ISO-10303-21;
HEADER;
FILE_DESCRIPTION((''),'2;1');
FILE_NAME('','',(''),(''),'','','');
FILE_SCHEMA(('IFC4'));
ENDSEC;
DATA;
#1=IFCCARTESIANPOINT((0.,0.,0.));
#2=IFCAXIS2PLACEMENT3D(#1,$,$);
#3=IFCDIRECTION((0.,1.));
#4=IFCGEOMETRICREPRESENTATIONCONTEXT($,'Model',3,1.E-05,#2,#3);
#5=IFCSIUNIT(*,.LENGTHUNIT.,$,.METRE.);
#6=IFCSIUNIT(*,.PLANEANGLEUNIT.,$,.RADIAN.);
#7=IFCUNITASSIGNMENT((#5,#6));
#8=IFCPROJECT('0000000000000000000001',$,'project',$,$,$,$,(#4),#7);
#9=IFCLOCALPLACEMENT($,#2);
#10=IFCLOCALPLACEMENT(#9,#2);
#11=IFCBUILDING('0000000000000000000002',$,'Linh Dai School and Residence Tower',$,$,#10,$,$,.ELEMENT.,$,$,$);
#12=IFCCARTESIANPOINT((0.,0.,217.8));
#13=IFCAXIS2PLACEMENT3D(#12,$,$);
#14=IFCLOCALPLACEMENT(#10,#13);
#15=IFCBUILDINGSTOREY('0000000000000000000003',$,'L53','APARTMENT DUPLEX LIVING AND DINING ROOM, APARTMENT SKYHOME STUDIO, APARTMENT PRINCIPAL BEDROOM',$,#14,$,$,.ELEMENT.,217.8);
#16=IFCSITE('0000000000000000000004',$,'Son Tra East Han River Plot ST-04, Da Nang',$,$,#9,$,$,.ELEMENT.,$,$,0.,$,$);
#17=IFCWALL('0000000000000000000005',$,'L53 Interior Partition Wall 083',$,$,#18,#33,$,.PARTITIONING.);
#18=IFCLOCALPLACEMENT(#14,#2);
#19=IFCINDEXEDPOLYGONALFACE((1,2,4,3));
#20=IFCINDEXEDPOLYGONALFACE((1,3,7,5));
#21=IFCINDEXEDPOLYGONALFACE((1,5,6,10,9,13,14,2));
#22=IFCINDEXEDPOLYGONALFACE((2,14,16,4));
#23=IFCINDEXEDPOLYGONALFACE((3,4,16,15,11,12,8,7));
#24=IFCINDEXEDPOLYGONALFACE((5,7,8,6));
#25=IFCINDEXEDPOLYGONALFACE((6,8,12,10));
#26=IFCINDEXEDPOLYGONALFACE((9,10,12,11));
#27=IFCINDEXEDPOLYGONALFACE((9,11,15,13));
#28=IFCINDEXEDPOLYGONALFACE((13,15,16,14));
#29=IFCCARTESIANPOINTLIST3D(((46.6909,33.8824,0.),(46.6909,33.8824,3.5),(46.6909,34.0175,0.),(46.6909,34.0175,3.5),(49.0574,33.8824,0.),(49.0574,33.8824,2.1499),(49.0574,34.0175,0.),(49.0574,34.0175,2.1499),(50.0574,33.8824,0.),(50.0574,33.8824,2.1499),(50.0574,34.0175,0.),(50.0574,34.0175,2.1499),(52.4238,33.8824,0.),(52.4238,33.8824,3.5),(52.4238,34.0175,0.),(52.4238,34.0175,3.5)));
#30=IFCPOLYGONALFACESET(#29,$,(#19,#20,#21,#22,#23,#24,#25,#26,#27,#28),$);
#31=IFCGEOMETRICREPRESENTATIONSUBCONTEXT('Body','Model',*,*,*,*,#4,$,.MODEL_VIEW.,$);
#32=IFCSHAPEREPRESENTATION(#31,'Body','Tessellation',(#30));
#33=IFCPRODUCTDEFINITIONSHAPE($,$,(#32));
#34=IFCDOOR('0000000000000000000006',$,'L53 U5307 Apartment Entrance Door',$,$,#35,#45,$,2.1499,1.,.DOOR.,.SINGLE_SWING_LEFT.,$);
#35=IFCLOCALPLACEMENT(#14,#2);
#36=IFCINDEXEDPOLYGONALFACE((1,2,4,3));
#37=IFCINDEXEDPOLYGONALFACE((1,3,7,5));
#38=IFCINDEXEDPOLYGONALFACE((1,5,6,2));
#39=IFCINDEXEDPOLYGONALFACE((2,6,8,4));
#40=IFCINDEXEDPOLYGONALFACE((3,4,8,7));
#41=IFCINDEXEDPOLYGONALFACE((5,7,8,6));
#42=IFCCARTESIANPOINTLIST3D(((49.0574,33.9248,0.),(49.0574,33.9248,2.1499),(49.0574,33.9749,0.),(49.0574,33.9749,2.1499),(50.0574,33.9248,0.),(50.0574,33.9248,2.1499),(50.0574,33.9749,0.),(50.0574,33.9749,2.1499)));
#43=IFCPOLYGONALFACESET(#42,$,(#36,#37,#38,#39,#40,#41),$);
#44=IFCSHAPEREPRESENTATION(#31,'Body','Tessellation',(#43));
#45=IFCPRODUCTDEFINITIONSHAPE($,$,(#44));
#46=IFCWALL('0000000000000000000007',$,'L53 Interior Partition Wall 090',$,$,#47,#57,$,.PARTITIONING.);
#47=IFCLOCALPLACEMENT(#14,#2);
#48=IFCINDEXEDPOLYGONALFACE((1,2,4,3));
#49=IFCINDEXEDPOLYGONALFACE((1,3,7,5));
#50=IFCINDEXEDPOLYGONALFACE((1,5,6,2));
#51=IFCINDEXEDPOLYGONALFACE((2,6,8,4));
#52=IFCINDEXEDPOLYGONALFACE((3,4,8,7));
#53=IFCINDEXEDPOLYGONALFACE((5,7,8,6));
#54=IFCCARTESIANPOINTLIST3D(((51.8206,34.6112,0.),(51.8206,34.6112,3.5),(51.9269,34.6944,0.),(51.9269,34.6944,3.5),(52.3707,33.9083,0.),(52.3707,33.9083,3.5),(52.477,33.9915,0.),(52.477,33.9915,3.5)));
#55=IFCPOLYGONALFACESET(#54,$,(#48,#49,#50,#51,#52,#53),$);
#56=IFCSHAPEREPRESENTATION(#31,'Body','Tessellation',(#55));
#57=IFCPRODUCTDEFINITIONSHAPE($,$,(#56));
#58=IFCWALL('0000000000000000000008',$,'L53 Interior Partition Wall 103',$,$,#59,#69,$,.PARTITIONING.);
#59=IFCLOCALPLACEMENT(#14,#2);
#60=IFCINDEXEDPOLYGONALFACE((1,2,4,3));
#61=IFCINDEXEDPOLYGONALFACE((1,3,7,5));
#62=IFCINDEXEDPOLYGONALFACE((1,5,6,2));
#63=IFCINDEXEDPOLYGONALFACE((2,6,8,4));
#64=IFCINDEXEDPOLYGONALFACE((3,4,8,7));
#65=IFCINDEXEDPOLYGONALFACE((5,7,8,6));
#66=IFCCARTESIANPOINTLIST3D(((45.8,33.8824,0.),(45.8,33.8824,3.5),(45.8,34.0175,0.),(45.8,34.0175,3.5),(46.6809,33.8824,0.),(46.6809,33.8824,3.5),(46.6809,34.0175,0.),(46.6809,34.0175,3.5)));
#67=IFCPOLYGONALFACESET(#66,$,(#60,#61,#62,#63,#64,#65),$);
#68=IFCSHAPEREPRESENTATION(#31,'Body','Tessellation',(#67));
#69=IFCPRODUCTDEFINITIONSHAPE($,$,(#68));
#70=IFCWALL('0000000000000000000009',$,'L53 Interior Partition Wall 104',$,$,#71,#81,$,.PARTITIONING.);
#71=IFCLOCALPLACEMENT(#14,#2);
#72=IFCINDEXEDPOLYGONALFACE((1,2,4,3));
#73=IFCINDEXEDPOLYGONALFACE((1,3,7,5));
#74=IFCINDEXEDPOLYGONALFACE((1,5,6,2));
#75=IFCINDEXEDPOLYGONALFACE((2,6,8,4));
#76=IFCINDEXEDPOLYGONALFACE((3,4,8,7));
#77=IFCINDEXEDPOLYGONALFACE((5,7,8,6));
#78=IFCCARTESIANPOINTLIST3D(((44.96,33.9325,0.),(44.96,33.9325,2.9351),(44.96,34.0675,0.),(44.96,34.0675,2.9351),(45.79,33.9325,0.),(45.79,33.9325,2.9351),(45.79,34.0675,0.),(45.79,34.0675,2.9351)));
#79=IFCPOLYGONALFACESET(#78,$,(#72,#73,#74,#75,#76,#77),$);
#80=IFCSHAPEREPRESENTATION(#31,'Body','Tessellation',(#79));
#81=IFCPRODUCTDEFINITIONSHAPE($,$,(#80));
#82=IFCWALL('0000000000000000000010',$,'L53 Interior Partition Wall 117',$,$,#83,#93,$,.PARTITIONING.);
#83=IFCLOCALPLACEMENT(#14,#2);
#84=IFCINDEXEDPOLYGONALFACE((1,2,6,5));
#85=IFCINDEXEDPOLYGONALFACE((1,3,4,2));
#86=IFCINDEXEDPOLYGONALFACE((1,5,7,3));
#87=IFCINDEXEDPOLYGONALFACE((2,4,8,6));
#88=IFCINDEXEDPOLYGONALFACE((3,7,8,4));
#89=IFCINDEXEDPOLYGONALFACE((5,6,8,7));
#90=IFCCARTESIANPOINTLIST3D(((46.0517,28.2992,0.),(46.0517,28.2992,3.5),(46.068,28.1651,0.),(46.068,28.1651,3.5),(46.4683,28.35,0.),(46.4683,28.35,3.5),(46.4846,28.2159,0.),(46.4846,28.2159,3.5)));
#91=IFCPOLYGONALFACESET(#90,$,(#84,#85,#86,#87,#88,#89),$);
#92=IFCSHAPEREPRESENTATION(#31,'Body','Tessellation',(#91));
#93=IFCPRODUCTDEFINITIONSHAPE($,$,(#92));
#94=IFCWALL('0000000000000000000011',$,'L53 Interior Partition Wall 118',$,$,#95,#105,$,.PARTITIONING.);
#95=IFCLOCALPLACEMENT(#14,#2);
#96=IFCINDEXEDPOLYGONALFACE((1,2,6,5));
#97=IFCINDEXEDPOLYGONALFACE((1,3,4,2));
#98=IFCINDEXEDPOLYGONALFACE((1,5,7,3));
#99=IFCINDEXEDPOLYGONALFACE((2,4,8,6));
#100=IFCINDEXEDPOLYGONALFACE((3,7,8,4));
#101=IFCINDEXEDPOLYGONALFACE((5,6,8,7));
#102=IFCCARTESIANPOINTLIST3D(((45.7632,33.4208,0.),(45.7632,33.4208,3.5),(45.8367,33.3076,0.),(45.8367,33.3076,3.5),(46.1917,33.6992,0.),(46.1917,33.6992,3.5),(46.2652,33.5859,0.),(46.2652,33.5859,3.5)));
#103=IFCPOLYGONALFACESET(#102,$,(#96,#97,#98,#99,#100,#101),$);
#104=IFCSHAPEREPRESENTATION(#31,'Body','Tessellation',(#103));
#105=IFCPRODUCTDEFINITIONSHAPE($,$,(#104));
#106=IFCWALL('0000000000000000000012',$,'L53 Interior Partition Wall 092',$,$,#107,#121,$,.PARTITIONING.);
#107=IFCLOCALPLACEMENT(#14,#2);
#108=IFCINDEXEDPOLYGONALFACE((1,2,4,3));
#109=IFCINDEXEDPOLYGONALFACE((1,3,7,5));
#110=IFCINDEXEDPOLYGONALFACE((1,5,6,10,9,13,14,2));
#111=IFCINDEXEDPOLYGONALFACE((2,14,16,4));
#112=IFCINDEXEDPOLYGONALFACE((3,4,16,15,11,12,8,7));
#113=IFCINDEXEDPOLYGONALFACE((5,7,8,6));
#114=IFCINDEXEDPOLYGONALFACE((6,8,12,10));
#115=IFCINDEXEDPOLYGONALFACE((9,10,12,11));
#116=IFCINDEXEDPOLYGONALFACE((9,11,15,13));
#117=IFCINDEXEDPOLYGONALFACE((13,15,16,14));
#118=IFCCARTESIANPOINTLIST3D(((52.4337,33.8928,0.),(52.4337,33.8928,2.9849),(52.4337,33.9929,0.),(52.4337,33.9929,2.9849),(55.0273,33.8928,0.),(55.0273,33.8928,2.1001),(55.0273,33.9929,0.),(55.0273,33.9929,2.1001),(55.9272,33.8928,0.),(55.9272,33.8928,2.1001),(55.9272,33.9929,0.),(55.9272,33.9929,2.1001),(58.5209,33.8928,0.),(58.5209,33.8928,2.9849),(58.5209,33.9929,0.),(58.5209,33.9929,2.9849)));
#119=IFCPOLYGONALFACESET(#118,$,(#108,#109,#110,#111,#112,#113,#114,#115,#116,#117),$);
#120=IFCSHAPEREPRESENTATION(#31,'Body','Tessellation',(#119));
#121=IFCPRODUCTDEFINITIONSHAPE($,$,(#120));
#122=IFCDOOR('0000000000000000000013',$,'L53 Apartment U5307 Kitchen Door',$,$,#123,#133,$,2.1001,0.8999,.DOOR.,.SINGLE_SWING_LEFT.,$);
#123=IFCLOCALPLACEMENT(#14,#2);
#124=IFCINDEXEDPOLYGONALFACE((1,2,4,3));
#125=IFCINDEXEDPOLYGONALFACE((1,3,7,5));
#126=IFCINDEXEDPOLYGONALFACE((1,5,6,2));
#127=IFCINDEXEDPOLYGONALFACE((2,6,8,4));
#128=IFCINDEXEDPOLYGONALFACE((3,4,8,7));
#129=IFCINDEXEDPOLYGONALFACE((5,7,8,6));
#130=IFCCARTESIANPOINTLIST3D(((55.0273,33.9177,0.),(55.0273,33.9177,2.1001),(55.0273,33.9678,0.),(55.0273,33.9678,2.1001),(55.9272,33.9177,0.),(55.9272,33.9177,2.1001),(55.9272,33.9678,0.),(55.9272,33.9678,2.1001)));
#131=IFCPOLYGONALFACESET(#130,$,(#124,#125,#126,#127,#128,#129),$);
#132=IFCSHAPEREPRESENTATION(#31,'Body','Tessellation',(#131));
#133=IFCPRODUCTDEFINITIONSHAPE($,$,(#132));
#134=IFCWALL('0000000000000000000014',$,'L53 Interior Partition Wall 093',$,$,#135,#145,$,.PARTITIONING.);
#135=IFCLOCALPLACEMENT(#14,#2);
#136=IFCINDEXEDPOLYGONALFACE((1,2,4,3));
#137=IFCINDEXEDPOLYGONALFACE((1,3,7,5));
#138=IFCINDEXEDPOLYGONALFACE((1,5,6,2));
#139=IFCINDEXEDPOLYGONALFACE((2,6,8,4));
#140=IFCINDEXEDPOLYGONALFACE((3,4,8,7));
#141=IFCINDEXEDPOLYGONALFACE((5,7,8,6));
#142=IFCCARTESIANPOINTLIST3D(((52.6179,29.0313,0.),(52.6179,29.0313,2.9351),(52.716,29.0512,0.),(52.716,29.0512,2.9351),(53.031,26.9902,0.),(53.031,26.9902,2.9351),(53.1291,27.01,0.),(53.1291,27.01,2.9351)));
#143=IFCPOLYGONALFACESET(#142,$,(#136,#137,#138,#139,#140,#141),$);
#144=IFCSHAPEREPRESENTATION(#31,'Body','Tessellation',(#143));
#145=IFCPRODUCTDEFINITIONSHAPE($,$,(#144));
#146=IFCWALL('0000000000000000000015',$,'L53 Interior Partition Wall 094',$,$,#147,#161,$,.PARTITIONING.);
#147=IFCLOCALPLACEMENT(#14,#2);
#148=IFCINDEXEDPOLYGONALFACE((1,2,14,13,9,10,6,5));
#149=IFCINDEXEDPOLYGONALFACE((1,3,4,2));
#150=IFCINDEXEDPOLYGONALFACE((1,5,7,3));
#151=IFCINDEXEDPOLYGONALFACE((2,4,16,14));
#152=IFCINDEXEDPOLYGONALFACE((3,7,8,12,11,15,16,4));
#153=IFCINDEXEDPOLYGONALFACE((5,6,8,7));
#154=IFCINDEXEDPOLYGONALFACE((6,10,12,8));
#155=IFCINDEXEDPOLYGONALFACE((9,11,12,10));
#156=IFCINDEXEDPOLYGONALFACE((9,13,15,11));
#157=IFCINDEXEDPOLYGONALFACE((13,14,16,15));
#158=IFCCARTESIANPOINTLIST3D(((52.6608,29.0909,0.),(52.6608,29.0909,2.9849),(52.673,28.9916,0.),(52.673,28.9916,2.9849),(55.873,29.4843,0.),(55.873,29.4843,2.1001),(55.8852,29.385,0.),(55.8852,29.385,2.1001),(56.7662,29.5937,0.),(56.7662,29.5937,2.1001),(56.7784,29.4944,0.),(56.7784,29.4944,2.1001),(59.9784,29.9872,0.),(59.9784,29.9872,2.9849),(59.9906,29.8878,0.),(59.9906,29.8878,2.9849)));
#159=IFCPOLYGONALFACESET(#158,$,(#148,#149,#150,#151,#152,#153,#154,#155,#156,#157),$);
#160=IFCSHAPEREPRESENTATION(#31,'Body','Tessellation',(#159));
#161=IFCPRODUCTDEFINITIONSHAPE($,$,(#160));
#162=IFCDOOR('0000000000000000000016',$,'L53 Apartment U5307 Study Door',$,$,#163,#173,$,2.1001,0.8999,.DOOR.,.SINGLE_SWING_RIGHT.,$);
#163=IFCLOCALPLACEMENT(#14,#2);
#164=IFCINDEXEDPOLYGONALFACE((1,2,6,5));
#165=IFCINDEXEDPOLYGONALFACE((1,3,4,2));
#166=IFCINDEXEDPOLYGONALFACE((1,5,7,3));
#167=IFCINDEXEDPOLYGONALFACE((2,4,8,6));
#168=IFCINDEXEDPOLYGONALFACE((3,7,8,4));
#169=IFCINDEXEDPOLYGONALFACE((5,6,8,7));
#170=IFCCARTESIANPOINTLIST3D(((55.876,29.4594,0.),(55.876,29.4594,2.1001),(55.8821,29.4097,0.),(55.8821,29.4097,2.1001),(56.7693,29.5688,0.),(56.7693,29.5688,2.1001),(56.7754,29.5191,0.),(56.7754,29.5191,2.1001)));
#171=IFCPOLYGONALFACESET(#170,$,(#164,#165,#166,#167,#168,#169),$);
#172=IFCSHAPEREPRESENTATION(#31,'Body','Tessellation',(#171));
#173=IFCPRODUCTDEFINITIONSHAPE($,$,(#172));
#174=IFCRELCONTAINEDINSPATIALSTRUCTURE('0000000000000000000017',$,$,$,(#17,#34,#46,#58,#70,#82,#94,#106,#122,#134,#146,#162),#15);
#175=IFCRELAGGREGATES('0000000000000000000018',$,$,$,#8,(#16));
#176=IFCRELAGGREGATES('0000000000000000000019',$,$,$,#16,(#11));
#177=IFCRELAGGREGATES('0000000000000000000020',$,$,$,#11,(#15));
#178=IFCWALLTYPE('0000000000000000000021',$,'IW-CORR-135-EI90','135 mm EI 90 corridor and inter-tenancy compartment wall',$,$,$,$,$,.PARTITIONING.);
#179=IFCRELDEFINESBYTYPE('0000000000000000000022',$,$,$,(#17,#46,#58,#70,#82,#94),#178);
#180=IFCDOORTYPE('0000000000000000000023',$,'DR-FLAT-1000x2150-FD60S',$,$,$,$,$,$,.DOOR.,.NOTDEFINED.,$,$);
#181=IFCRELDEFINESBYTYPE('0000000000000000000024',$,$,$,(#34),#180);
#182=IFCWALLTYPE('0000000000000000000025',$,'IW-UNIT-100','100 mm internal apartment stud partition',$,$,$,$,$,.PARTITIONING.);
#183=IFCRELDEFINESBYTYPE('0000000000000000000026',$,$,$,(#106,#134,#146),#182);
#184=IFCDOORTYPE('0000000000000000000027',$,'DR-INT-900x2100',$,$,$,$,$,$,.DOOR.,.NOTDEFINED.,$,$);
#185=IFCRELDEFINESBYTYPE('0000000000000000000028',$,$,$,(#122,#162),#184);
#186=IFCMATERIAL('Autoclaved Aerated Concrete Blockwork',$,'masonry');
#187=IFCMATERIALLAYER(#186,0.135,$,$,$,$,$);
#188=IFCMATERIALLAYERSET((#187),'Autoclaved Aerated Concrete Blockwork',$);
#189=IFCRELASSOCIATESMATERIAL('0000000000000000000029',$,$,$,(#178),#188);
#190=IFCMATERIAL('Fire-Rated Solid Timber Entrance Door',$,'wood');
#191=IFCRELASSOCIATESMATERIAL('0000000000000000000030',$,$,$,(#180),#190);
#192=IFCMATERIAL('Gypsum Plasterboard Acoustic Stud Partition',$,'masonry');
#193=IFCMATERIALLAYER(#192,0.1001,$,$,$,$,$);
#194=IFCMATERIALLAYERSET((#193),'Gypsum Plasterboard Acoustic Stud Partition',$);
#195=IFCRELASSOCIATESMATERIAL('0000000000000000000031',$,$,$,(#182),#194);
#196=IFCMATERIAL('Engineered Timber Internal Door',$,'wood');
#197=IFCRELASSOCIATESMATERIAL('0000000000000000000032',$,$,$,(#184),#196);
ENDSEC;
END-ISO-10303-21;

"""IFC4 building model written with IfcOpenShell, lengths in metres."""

from ifc_helpers import new_model, si_unit, direction, frame, frame_2d, origin, origin_2d, place, context, subcontext, project, spatial, rectangle, extrude, source, transform, mapped, material, layer, layer_set, type_object, element, fill, save


model = new_model("IFC4")

# Units and contexts
model_context = context("Model", 3, precision=1e-05, world=origin(), true_north=direction((0.0, 1.0)))
body_context = subcontext(model_context, "Body", "Model", "MODEL_VIEW")
ifc_project = project(units=[si_unit("LENGTHUNIT", "METRE"), si_unit("PLANEANGLEUNIT", "RADIAN")], contexts=[model_context])

# Site, building, storey
site_placement = place(None, origin())
site = spatial("IfcSite", under=ifc_project, at=site_placement, Name="Son Tra East Han River Plot ST-04, Da Nang", CompositionType="ELEMENT", RefElevation=0.0)
building_placement = place(site_placement, origin())
building = spatial("IfcBuilding", under=site, at=building_placement, Name="Linh Dai School and Residence Tower", CompositionType="ELEMENT")
storey_placement = place(building_placement, frame((0.0, 0.0, 217.8)))
storey = spatial("IfcBuildingStorey", under=building, at=storey_placement, Name="L53", Description="APARTMENT DUPLEX LIVING AND DINING ROOM, APARTMENT SKYHOME STUDIO, APARTMENT PRINCIPAL BEDROOM", CompositionType="ELEMENT", Elevation=217.8)

# Wall, opening, door
ifc_material_1 = material(Name="Autoclaved Aerated Concrete Blockwork", Category="masonry")
ifc_layer_1 = layer(ifc_material_1, 0.135)
ifc_layer_set_1 = layer_set([ifc_layer_1], Name="Autoclaved Aerated Concrete Blockwork")
wall_type_1 = type_object("IfcWallType", Name="IW-CORR-135-EI90", Description="135 mm EI 90 corridor and inter-tenancy compartment wall", PredefinedType="PARTITIONING", material=ifc_layer_set_1)
wall_1_placement = place(storey_placement, frame((46.6909, 33.95, 0.0), z_axis=(0.0, 0.0, 1.0), x_axis=(1.0, 0.0, 0.0)))
wall_1 = element("IfcWall", 1, at=wall_1_placement, inside=storey, type_object=wall_type_1, Name="L53 Interior Partition Wall 083", PredefinedType="PARTITIONING", context=body_context, shape_type="SweptSolid", body=[
    extrude(rectangle(XDim=5.7329, YDim=0.135, at=frame_2d((2.8665, 0.0))), origin(), (0.0, 0.0, 1.0), 3.5),
])
opening_1_placement = place(wall_1_placement, frame((2.3665, 0.0, 0.0)))
opening_1 = element("IfcOpeningElement", 2, at=opening_1_placement, cuts=wall_1, PredefinedType="OPENING", context=body_context, shape_type="SweptSolid", body=[
    extrude(rectangle(XDim=1.0, YDim=2.1499, at=origin_2d()), frame((0.5, 0.0776, 1.075), z_axis=(0.0, -1.0, 0.0), x_axis=(1.0, 0.0, 0.0)), (0.0, 0.0, 1.0), 0.155),
])
ifc_material_2 = material(Name="Fire-Rated Solid Timber Entrance Door", Category="wood")
door_type_1 = type_object("IfcDoorType", Name="DR-FLAT-1000x2150-FD60S", OperationType="NOTDEFINED", PredefinedType="DOOR", material=ifc_material_2)
shared_shape_1 = source(origin(), body_context, "Body", "SweptSolid", [
    extrude(rectangle(XDim=1.0, YDim=2.1499, at=origin_2d()), frame((0.5, 0.0249, 1.075), z_axis=(0.0, -1.0, 0.0), x_axis=(1.0, 0.0, 0.0)), (0.0, 0.0, 1.0), 0.05),
])
door_1_placement = place(opening_1_placement, origin())
door_1 = element("IfcDoor", 3, at=door_1_placement, inside=storey, type_object=door_type_1, Name="L53 U5307 Apartment Entrance Door", OperationType="SINGLE_SWING_LEFT", OverallHeight=2.1499, OverallWidth=1.0, PredefinedType="DOOR", context=body_context, shape_type="MappedRepresentation", body=[
    mapped(shared_shape_1, transform((0.0, 0.0, 0.0), x_axis=(1.0, 0.0, 0.0), y_axis=(0.0, 1.0, 0.0), z_axis=(0.0, 0.0, 1.0), scale=1.0)),
])
fill(opening_1, door_1)

# Walls
wall_2_placement = place(storey_placement, frame((51.8738, 34.6528, 0.0), z_axis=(0.0, 0.0, 1.0), x_axis=(0.616286, -0.787522, 0.0)))
element("IfcWall", 4, at=wall_2_placement, inside=storey, type_object=wall_type_1, Name="L53 Interior Partition Wall 090", PredefinedType="PARTITIONING", context=body_context, shape_type="SweptSolid", body=[
    extrude(rectangle(XDim=0.8926, YDim=0.135, at=frame_2d((0.4463, 0.0))), origin(), (0.0, 0.0, 1.0), 3.5),
])
wall_3_placement = place(storey_placement, frame((46.6809, 33.95, 0.0), z_axis=(0.0, 0.0, 1.0), x_axis=(-1.0, 0.0, 0.0)))
element("IfcWall", 5, at=wall_3_placement, inside=storey, type_object=wall_type_1, Name="L53 Interior Partition Wall 103", PredefinedType="PARTITIONING", context=body_context, shape_type="SweptSolid", body=[
    extrude(rectangle(XDim=0.8809, YDim=0.135, at=frame_2d((0.4404, 0.0))), origin(), (0.0, 0.0, 1.0), 3.5),
])
wall_4_placement = place(storey_placement, frame((45.79, 34.0, 0.0), z_axis=(0.0, 0.0, 1.0), x_axis=(-1.0, 0.0, 0.0)))
element("IfcWall", 6, at=wall_4_placement, inside=storey, type_object=wall_type_1, Name="L53 Interior Partition Wall 104", PredefinedType="PARTITIONING", context=body_context, shape_type="SweptSolid", body=[
    extrude(rectangle(XDim=0.8301, YDim=0.135, at=frame_2d((0.415, 0.0))), origin(), (0.0, 0.0, 1.0), 2.9351),
])
wall_5_placement = place(storey_placement, frame((46.4766, 28.283, 0.0), z_axis=(0.0, 0.0, 1.0), x_axis=(-0.992649, -0.121026, 0.0)))
element("IfcWall", 7, at=wall_5_placement, inside=storey, type_object=wall_type_1, Name="L53 Interior Partition Wall 117", PredefinedType="PARTITIONING", context=body_context, shape_type="SweptSolid", body=[
    extrude(rectangle(XDim=0.4197, YDim=0.135, at=frame_2d((0.21, 0.0))), origin(), (0.0, 0.0, 1.0), 3.5),
])
wall_6_placement = place(storey_placement, frame((45.8, 33.3643, 0.0), z_axis=(0.0, 0.0, 1.0), x_axis=(0.838607, 0.544736, 0.0)))
element("IfcWall", 8, at=wall_6_placement, inside=storey, type_object=wall_type_1, Name="L53 Interior Partition Wall 118", PredefinedType="PARTITIONING", context=body_context, shape_type="SweptSolid", body=[
    extrude(rectangle(XDim=0.511, YDim=0.135, at=frame_2d((0.2554, 0.0))), origin(), (0.0, 0.0, 1.0), 3.5),
])

# Wall, opening, door
ifc_material_3 = material(Name="Gypsum Plasterboard Acoustic Stud Partition", Category="masonry")
ifc_layer_2 = layer(ifc_material_3, 0.1001)
ifc_layer_set_2 = layer_set([ifc_layer_2], Name="Gypsum Plasterboard Acoustic Stud Partition")
wall_type_2 = type_object("IfcWallType", Name="IW-UNIT-100", Description="100 mm internal apartment stud partition", PredefinedType="PARTITIONING", material=ifc_layer_set_2)
wall_7_placement = place(storey_placement, frame((52.4338, 33.9429, 0.0), z_axis=(0.0, 0.0, 1.0), x_axis=(1.0, 0.0, 0.0)))
wall_7 = element("IfcWall", 9, at=wall_7_placement, inside=storey, type_object=wall_type_2, Name="L53 Interior Partition Wall 092", PredefinedType="PARTITIONING", context=body_context, shape_type="SweptSolid", body=[
    extrude(rectangle(XDim=6.0872, YDim=0.1001, at=frame_2d((3.0435, 0.0))), origin(), (0.0, 0.0, 1.0), 2.9849),
])
opening_2_placement = place(wall_7_placement, frame((2.5935, 0.0, 0.0)))
opening_2 = element("IfcOpeningElement", 10, at=opening_2_placement, cuts=wall_7, PredefinedType="OPENING", context=body_context, shape_type="SweptSolid", body=[
    extrude(rectangle(XDim=0.8999, YDim=2.1001, at=origin_2d()), frame((0.45, 0.0601, 1.05), z_axis=(0.0, -1.0, 0.0), x_axis=(1.0, 0.0, 0.0)), (0.0, 0.0, 1.0), 0.1201),
])
ifc_material_4 = material(Name="Engineered Timber Internal Door", Category="wood")
door_type_2 = type_object("IfcDoorType", Name="DR-INT-900x2100", OperationType="NOTDEFINED", PredefinedType="DOOR", material=ifc_material_4)
shared_shape_2 = source(origin(), body_context, "Body", "SweptSolid", [
    extrude(rectangle(XDim=0.8999, YDim=2.1001, at=origin_2d()), frame((0.45, 0.0249, 1.05), z_axis=(0.0, -1.0, 0.0), x_axis=(1.0, 0.0, 0.0)), (0.0, 0.0, 1.0), 0.05),
])
door_2_placement = place(opening_2_placement, origin())
door_2 = element("IfcDoor", 11, at=door_2_placement, inside=storey, type_object=door_type_2, Name="L53 Apartment U5307 Kitchen Door", OperationType="SINGLE_SWING_LEFT", OverallHeight=2.1001, OverallWidth=0.8999, PredefinedType="DOOR", context=body_context, shape_type="MappedRepresentation", body=[
    mapped(shared_shape_2, transform((0.0, 0.0, 0.0), x_axis=(1.0, 0.0, 0.0), y_axis=(0.0, 1.0, 0.0), z_axis=(0.0, 0.0, 1.0), scale=1.0)),
])
fill(opening_2, door_2)

# Wall
wall_8_placement = place(storey_placement, frame((52.667, 29.0413, 0.0), z_axis=(0.0, 0.0, 1.0), x_axis=(0.198347, -0.980132, 0.0)))
element("IfcWall", 12, at=wall_8_placement, inside=storey, type_object=wall_type_2, Name="L53 Interior Partition Wall 093", PredefinedType="PARTITIONING", context=body_context, shape_type="SweptSolid", body=[
    extrude(rectangle(XDim=2.0825, YDim=0.1001, at=frame_2d((1.0413, 0.0))), origin(), (0.0, 0.0, 1.0), 2.9351),
])

# Wall, opening, door
wall_9_placement = place(storey_placement, frame((52.667, 29.0413, 0.0), z_axis=(0.0, 0.0, 1.0), x_axis=(0.992583, 0.121568, 0.0)))
wall_9 = element("IfcWall", 13, at=wall_9_placement, inside=storey, type_object=wall_type_2, Name="L53 Interior Partition Wall 094", PredefinedType="PARTITIONING", context=body_context, shape_type="SweptSolid", body=[
    extrude(rectangle(XDim=7.3723, YDim=0.1001, at=frame_2d((3.686, 0.0))), origin(), (0.0, 0.0, 1.0), 2.9849),
])
opening_3_placement = place(wall_9_placement, frame((3.2361, 0.0, 0.0)))
opening_3 = element("IfcOpeningElement", 14, at=opening_3_placement, cuts=wall_9, PredefinedType="OPENING", context=body_context, shape_type="SweptSolid", body=[
    extrude(rectangle(XDim=0.8999, YDim=2.1001, at=origin_2d()), frame((0.45, 0.0601, 1.05), z_axis=(0.0, -1.0, 0.0), x_axis=(1.0, 0.0, 0.0)), (0.0, 0.0, 1.0), 0.1201),
])
door_3_placement = place(opening_3_placement, origin())
door_3 = element("IfcDoor", 15, at=door_3_placement, inside=storey, type_object=door_type_2, Name="L53 Apartment U5307 Study Door", OperationType="SINGLE_SWING_RIGHT", OverallHeight=2.1001, OverallWidth=0.8999, PredefinedType="DOOR", context=body_context, shape_type="MappedRepresentation", body=[
    mapped(shared_shape_2, transform((0.0, 0.0, 0.0), x_axis=(1.0, 0.0, 0.0), y_axis=(0.0, 1.0, 0.0), z_axis=(0.0, 0.0, 1.0), scale=1.0)),
])
fill(opening_3, door_3)

save(model, "model.ifc")
